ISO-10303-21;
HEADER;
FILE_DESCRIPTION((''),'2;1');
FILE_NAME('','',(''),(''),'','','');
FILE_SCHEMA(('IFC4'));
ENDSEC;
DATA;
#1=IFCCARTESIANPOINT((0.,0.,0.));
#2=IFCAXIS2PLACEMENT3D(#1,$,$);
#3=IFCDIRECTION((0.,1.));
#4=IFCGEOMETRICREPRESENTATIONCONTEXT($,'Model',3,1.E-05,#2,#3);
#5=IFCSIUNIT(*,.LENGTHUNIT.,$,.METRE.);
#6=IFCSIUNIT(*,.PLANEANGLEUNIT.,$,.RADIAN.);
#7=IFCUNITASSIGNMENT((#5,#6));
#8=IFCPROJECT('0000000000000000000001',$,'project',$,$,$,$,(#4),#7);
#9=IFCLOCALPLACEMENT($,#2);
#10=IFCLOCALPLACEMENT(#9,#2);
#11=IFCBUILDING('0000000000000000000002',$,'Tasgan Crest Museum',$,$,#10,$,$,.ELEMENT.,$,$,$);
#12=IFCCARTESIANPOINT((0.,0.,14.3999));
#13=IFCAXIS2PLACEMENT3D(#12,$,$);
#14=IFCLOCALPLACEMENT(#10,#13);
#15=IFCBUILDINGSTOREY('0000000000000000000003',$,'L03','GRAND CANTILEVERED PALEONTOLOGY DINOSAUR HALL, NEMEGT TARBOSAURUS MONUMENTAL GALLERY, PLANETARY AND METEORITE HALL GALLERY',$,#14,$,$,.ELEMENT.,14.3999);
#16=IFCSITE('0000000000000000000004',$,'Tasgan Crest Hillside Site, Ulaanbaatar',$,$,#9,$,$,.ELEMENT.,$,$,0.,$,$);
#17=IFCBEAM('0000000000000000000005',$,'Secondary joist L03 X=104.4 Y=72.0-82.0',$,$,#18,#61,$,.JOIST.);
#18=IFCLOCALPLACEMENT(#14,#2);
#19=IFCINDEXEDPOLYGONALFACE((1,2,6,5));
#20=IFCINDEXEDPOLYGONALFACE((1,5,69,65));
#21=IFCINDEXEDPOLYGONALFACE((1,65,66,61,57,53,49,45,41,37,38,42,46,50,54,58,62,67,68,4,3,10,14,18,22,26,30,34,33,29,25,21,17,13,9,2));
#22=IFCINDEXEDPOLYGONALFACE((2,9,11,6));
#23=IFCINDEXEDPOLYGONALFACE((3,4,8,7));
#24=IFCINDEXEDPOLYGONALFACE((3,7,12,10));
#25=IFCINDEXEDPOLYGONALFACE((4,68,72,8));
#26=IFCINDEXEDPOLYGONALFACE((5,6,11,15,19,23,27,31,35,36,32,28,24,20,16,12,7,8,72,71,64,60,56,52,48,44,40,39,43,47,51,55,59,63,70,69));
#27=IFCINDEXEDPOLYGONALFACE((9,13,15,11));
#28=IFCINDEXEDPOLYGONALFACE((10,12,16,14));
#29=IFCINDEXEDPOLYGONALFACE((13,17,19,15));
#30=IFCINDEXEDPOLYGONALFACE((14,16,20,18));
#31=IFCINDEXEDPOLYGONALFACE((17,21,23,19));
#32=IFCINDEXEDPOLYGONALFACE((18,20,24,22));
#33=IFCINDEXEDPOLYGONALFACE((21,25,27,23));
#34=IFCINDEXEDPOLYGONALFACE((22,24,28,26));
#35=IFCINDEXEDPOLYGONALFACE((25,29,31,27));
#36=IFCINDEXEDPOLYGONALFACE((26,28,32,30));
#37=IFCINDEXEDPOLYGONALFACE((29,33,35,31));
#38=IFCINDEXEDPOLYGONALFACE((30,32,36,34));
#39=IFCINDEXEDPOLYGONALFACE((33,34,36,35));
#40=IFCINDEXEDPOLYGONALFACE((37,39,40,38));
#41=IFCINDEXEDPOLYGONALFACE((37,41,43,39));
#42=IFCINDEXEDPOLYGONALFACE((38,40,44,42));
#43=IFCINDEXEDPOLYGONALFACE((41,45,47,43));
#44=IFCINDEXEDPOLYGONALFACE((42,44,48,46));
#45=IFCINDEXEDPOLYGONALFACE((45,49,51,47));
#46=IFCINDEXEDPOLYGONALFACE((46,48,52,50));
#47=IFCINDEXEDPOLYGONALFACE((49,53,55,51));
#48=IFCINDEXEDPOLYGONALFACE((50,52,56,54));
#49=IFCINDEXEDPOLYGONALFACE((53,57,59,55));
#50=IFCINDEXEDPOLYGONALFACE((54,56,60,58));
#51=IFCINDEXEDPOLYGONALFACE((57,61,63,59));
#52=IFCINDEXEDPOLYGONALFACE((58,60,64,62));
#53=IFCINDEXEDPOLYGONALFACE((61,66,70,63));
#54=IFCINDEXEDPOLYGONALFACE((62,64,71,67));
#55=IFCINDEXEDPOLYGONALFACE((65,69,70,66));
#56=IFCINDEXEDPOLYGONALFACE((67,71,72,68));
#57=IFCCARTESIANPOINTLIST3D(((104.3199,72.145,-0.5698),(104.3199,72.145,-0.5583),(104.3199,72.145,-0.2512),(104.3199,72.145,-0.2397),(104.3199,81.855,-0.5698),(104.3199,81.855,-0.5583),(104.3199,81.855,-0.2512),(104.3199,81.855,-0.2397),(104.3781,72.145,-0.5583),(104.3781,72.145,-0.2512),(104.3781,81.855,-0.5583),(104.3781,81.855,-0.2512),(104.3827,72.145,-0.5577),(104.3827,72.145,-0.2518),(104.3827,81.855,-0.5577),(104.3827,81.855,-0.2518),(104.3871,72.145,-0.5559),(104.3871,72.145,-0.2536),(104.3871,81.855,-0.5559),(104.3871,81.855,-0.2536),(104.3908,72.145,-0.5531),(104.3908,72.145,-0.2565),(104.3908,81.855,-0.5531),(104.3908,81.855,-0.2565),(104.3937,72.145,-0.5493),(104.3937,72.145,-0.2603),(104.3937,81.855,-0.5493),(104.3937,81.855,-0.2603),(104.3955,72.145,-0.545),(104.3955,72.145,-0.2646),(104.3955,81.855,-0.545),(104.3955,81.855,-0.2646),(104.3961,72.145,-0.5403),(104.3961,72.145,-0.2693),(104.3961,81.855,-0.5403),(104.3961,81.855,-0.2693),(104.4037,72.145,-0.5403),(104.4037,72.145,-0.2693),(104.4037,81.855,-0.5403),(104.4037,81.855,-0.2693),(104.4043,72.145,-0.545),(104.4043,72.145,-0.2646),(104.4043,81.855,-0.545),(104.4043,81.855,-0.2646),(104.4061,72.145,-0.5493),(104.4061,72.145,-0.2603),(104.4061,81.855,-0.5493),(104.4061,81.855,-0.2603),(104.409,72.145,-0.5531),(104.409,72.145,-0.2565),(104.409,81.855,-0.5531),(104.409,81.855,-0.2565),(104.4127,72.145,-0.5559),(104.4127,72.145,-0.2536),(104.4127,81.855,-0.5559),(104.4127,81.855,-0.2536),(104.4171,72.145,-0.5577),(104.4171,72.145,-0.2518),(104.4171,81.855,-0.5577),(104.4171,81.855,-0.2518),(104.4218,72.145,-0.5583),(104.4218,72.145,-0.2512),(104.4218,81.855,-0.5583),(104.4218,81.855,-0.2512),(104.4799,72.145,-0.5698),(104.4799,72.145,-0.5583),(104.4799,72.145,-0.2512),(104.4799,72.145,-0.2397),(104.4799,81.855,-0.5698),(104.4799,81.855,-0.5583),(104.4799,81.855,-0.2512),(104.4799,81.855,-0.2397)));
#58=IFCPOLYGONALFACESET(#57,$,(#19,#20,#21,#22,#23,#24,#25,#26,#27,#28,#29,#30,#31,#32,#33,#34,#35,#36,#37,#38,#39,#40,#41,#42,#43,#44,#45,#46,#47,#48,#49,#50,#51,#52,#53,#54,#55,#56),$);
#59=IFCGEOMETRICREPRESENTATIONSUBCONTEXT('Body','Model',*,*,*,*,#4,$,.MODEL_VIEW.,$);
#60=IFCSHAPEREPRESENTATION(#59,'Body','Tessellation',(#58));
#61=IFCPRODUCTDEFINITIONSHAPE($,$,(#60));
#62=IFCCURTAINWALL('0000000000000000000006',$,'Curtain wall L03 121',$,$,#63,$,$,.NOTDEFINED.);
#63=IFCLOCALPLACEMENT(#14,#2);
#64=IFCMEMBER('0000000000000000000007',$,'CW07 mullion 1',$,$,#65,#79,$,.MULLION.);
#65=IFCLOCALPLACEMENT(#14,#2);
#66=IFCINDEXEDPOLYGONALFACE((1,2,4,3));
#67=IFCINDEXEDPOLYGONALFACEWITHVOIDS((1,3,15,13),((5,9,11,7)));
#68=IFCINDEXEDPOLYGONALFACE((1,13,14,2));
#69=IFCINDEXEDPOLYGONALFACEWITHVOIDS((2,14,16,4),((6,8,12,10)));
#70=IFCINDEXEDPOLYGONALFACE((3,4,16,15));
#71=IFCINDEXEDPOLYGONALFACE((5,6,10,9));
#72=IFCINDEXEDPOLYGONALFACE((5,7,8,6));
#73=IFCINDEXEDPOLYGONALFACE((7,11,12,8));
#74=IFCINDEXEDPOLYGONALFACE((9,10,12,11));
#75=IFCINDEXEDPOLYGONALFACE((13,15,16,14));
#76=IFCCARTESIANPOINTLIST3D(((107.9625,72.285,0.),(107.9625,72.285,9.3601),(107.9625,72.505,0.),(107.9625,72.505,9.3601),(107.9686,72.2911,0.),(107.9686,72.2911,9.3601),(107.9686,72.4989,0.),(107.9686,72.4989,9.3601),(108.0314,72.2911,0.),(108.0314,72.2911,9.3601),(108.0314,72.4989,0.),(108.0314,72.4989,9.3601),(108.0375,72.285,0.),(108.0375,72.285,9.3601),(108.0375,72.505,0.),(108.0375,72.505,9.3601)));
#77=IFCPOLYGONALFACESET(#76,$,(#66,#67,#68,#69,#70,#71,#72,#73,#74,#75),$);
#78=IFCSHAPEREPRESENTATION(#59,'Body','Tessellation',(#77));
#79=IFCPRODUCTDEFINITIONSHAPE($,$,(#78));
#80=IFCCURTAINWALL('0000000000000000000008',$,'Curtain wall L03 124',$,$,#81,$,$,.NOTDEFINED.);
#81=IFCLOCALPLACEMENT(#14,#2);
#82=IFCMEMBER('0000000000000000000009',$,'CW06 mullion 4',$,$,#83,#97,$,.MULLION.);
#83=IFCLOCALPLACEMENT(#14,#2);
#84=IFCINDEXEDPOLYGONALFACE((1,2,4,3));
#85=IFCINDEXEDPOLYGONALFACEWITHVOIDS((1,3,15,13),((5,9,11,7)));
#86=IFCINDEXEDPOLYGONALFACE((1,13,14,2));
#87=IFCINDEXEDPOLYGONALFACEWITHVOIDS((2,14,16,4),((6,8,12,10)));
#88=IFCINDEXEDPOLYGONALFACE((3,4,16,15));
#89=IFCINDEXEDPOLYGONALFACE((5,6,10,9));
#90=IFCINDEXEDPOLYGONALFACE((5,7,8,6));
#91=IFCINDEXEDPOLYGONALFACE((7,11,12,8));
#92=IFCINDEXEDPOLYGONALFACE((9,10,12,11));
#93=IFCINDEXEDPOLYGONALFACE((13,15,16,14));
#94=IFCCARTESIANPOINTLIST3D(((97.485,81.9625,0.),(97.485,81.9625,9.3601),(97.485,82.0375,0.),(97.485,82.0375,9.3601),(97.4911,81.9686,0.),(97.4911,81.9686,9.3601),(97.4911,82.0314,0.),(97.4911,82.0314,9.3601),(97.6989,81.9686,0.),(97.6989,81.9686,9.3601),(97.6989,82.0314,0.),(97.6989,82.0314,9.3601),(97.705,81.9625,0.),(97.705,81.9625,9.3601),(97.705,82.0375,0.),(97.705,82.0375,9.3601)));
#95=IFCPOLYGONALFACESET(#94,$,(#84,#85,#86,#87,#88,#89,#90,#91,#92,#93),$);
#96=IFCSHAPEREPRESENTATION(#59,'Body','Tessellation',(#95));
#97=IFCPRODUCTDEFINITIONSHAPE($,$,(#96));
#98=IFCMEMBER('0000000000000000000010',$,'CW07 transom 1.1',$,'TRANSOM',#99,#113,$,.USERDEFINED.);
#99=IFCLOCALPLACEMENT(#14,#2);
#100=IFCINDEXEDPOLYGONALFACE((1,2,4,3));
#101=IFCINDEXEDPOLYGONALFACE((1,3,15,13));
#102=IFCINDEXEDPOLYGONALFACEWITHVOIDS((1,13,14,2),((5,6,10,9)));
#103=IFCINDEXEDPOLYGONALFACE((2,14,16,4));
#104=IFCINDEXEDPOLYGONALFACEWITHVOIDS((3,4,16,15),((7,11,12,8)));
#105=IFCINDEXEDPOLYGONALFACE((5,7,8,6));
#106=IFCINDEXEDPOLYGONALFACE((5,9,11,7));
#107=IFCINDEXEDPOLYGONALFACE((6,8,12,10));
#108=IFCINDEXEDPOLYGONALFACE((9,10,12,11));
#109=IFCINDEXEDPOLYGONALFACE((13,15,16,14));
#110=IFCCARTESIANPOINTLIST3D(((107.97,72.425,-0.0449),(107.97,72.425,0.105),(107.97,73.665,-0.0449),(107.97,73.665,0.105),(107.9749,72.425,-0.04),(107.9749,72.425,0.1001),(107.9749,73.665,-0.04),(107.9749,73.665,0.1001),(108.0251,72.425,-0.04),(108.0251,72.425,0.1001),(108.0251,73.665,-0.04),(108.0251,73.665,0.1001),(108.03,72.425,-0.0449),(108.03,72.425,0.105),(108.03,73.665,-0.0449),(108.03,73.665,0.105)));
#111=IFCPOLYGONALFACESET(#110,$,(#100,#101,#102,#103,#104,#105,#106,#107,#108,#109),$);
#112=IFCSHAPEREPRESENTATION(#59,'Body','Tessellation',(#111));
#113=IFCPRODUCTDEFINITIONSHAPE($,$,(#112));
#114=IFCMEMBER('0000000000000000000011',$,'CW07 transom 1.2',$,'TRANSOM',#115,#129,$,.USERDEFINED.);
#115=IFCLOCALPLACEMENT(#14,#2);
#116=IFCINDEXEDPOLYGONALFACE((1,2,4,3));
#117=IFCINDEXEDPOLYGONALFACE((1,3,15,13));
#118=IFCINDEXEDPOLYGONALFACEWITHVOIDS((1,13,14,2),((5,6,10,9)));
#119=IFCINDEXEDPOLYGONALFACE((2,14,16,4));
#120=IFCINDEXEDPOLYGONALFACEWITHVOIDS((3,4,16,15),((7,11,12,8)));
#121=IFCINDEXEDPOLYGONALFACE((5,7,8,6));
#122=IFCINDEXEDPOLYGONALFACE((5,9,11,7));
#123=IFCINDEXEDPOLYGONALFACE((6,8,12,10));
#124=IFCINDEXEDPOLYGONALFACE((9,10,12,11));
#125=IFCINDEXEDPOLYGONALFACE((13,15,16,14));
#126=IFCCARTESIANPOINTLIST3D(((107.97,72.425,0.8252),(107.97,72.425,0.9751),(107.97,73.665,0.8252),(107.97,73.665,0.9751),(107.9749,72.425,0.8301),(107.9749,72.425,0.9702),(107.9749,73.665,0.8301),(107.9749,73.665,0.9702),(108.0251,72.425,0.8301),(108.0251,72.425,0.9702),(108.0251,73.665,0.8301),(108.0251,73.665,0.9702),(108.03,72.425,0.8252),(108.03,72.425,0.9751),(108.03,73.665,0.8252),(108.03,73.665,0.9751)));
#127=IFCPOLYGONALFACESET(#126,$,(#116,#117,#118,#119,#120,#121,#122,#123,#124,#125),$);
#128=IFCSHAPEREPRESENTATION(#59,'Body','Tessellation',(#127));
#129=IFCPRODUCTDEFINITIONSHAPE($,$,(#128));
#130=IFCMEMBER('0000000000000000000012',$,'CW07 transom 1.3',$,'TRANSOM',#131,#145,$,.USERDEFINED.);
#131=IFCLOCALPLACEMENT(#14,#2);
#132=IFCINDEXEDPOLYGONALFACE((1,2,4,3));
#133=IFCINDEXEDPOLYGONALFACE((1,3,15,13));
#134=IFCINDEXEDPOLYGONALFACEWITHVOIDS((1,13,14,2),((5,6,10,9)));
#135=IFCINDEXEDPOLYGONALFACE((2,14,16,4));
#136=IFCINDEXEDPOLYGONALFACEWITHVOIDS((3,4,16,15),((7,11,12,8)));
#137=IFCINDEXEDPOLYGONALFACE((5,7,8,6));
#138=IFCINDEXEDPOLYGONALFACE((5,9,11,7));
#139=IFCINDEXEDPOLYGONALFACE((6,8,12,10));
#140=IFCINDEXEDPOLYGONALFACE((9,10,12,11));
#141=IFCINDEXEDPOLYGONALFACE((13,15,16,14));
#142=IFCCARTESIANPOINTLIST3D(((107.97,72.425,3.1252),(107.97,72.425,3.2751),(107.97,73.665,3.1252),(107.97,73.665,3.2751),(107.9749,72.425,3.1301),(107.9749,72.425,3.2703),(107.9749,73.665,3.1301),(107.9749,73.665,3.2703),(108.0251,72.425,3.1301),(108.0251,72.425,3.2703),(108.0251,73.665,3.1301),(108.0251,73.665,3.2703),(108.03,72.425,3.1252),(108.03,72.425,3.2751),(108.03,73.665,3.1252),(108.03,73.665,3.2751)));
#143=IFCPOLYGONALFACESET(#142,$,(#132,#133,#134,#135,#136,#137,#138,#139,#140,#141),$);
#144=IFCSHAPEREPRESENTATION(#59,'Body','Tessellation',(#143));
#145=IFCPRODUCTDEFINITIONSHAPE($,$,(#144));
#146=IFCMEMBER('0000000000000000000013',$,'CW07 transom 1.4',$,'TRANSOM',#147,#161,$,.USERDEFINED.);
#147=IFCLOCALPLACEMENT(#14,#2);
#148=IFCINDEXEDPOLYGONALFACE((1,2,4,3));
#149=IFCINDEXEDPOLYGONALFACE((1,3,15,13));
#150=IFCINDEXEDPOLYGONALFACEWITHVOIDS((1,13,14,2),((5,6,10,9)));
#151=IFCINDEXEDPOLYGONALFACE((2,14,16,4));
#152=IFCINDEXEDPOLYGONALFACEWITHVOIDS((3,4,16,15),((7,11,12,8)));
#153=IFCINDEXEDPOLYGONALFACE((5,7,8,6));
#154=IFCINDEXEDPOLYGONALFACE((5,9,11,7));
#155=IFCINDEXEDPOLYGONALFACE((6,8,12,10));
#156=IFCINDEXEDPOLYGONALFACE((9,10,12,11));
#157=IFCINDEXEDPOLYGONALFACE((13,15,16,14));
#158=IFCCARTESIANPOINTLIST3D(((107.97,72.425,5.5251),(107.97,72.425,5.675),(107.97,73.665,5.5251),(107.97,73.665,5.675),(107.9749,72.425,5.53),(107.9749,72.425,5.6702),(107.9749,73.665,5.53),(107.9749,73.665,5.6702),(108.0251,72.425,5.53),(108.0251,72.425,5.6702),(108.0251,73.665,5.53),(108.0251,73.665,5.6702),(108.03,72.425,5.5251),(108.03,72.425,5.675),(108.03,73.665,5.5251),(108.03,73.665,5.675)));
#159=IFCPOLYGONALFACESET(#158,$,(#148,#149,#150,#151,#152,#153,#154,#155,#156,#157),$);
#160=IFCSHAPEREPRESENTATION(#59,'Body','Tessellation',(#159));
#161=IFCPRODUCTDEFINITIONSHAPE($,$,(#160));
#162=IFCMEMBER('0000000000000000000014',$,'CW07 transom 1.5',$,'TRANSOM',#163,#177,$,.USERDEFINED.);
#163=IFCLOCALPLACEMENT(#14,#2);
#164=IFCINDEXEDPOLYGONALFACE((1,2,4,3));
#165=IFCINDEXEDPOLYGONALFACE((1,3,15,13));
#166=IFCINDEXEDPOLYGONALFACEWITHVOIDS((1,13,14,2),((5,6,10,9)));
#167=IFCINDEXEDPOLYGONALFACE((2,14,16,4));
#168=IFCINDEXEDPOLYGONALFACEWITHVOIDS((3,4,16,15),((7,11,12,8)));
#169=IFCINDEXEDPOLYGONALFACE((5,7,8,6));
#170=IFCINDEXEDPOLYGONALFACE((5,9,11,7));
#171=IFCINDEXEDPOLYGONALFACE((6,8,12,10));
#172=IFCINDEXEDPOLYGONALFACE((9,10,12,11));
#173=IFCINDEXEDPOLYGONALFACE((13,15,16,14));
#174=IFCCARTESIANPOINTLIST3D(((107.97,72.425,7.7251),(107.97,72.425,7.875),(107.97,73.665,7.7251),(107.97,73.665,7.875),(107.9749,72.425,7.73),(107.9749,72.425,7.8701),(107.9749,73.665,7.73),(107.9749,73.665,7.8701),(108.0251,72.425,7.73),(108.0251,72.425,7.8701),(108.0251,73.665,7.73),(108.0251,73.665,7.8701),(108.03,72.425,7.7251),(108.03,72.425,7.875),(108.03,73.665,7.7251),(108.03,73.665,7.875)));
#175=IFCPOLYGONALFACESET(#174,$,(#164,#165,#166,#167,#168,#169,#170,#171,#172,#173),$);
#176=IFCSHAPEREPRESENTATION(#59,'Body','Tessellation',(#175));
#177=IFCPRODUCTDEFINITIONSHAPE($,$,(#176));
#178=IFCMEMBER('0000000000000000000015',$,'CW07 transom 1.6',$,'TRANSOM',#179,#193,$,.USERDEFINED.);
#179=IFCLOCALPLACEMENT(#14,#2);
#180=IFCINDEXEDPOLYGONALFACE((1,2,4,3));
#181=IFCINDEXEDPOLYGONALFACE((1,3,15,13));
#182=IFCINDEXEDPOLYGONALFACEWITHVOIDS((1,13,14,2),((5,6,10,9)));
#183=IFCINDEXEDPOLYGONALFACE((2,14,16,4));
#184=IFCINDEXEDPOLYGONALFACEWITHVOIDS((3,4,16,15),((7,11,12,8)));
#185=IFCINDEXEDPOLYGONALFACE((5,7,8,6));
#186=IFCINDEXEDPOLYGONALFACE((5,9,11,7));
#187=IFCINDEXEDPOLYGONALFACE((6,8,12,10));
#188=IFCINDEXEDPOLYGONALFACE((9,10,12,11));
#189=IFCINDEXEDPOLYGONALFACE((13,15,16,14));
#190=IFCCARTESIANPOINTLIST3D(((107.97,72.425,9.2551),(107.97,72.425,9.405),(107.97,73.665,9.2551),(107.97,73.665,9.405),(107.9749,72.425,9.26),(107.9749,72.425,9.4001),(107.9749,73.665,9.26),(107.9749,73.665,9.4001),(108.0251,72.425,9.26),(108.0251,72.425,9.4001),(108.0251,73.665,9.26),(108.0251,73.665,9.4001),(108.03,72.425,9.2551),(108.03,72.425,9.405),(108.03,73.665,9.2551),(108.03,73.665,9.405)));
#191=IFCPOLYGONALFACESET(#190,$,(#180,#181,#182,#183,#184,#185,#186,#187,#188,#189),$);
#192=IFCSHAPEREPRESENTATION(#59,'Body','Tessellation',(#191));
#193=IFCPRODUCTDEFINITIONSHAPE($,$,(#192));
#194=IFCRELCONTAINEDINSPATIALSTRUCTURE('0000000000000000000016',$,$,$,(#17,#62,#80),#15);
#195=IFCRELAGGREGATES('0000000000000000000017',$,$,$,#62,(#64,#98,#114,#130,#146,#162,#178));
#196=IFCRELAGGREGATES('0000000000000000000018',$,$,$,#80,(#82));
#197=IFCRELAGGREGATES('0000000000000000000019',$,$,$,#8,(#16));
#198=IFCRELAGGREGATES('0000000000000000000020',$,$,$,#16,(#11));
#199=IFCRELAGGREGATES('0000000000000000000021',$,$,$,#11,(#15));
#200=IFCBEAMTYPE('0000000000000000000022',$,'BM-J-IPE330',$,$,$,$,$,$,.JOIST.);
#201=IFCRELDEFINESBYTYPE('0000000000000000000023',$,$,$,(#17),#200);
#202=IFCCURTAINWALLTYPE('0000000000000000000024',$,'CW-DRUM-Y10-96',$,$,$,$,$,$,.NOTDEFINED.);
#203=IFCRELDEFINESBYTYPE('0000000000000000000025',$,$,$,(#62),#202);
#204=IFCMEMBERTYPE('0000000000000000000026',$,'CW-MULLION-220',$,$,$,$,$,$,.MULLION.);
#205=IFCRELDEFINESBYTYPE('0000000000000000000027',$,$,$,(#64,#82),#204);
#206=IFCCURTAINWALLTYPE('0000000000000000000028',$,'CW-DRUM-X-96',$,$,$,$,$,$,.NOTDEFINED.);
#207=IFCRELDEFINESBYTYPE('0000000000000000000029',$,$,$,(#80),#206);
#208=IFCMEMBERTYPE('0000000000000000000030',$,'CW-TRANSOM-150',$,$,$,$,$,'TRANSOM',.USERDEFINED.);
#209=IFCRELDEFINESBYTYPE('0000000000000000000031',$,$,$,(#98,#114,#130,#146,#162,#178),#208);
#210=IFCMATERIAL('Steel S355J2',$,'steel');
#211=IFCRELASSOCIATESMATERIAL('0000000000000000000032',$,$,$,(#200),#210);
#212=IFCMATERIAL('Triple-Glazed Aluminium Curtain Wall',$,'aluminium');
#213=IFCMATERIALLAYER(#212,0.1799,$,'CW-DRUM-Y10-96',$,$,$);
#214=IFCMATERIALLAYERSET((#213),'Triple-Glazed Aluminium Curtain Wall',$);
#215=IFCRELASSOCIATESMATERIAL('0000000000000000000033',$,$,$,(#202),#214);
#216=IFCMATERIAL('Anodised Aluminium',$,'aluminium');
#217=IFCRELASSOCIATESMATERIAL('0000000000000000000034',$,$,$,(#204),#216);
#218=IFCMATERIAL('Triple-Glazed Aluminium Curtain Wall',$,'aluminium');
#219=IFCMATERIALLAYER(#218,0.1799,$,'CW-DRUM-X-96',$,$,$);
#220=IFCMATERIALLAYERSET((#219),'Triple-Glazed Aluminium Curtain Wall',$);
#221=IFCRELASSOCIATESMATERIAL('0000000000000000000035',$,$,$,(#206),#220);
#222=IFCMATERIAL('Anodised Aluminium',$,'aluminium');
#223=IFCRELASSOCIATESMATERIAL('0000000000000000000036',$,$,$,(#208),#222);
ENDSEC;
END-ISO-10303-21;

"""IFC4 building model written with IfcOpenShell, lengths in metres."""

from ifc_helpers import new_model, si_unit, direction, frame, origin, origin_2d, place, context, subcontext, project, spatial, hollow_rectangle, i_section, extrude, material, layer, layer_set, material_profile, profile_set, type_object, element, aggregate, save


model = new_model("IFC4")

# Units and contexts
model_context = context("Model", 3, precision=1e-05, world=origin(), true_north=direction((0.0, 1.0)))
body_context = subcontext(model_context, "Body", "Model", "MODEL_VIEW")
ifc_project = project(units=[si_unit("LENGTHUNIT", "METRE"), si_unit("PLANEANGLEUNIT", "RADIAN")], contexts=[model_context])

# Site, building, storey
site_placement = place(None, origin())
site = spatial("IfcSite", under=ifc_project, at=site_placement, Name="Tasgan Crest Hillside Site, Ulaanbaatar", CompositionType="ELEMENT", RefElevation=0.0)
building_placement = place(site_placement, origin())
building = spatial("IfcBuilding", under=site, at=building_placement, Name="Tasgan Crest Museum", CompositionType="ELEMENT")
storey_placement = place(building_placement, frame((0.0, 0.0, 14.3999)))
storey = spatial("IfcBuildingStorey", under=building, at=storey_placement, Name="L03", Description="GRAND CANTILEVERED PALEONTOLOGY DINOSAUR HALL, NEMEGT TARBOSAURUS MONUMENTAL GALLERY, PLANETARY AND METEORITE HALL GALLERY", CompositionType="ELEMENT", Elevation=14.3999)

# Beam
ifc_material_1 = material(Name="Steel S355J2", Category="steel")
ifc_material_profile_1 = material_profile(ifc_material_1, i_section(OverallWidth=0.1599, OverallDepth=0.3301, WebThickness=0.0076, FlangeThickness=0.0115, FilletRadius=0.0181, at=origin_2d()), Name="IPE 330")
ifc_profile_set_1 = profile_set([ifc_material_profile_1], Name="Steel S355J2")
beam_type_1 = type_object("IfcBeamType", Name="BM-J-IPE330", PredefinedType="JOIST", material=ifc_profile_set_1)
for number, where, z_axis, x_axis, name in (
    (1, (104.3999, 72.145, -0.4048), (0.0, 1.0, 0.0), (-1.0, 0.0, 0.0), "Secondary joist L03 X=104.4 Y=72.0-82.0"),
):
    element("IfcBeam", number, at=place(storey_placement, frame(where, z_axis=z_axis, x_axis=x_axis)), inside=storey, type_object=beam_type_1, Name=name, PredefinedType="JOIST", context=body_context, shape_type="SweptSolid", body=[
        extrude(i_section(OverallWidth=0.1599, OverallDepth=0.3301, WebThickness=0.0076, FlangeThickness=0.0115, FilletRadius=0.0181, at=origin_2d()), origin(), (0.0, 0.0, 1.0), 9.71),
    ])

# Curtain walls, members
ifc_material_2 = material(Name="Triple-Glazed Aluminium Curtain Wall", Category="aluminium")
ifc_layer_1 = layer(ifc_material_2, 0.1799, Name="CW-DRUM-Y10-96")
ifc_layer_set_1 = layer_set([ifc_layer_1], Name="Triple-Glazed Aluminium Curtain Wall")
curtain_wall_type_1 = type_object("IfcCurtainWallType", Name="CW-DRUM-Y10-96", PredefinedType="NOTDEFINED", material=ifc_layer_set_1)
curtain_wall_1_placement = place(storey_placement, origin())
curtain_wall_1 = element("IfcCurtainWall", 2, at=curtain_wall_1_placement, inside=storey, type_object=curtain_wall_type_1, Name="Curtain wall L03 121", PredefinedType="NOTDEFINED")
ifc_material_3 = material(Name="Anodised Aluminium", Category="aluminium")
ifc_material_profile_2 = material_profile(ifc_material_3, hollow_rectangle(XDim=0.075, YDim=0.22, WallThickness=0.0061, at=origin_2d()), Name="ALU MULLION 220x75x6")
ifc_profile_set_2 = profile_set([ifc_material_profile_2], Name="Anodised Aluminium")
member_type_1 = type_object("IfcMemberType", Name="CW-MULLION-220", PredefinedType="MULLION", material=ifc_profile_set_2)
member_1_placement = place(storey_placement, frame((108.0, 72.395, 0.0), z_axis=(0.0, 0.0, 1.0), x_axis=(-1.0, 0.0, 0.0)))
member_1 = element("IfcMember", 3, at=member_1_placement, type_object=member_type_1, Name="CW07 mullion 1", PredefinedType="MULLION", context=body_context, shape_type="SweptSolid", body=[
    extrude(hollow_rectangle(XDim=0.075, YDim=0.22, WallThickness=0.0061, at=origin_2d()), origin(), (0.0, 0.0, 1.0), 9.3601),
])
ifc_material_4 = material(Name="Triple-Glazed Aluminium Curtain Wall", Category="aluminium")
ifc_layer_2 = layer(ifc_material_4, 0.1799, Name="CW-DRUM-X-96")
ifc_layer_set_2 = layer_set([ifc_layer_2], Name="Triple-Glazed Aluminium Curtain Wall")
curtain_wall_type_2 = type_object("IfcCurtainWallType", Name="CW-DRUM-X-96", PredefinedType="NOTDEFINED", material=ifc_layer_set_2)
curtain_wall_2_placement = place(storey_placement, origin())
curtain_wall_2 = element("IfcCurtainWall", 4, at=curtain_wall_2_placement, inside=storey, type_object=curtain_wall_type_2, Name="Curtain wall L03 124", PredefinedType="NOTDEFINED")
member_2_placement = place(storey_placement, frame((97.595, 82.0, 0.0), z_axis=(0.0, 0.0, 1.0), x_axis=(0.0, -1.0, 0.0)))
member_2 = element("IfcMember", 5, at=member_2_placement, type_object=member_type_1, Name="CW06 mullion 4", PredefinedType="MULLION", context=body_context, shape_type="SweptSolid", body=[
    extrude(hollow_rectangle(XDim=0.075, YDim=0.22, WallThickness=0.0061, at=origin_2d()), origin(), (0.0, 0.0, 1.0), 9.3601),
])

# Members
ifc_material_5 = material(Name="Anodised Aluminium", Category="aluminium")
ifc_material_profile_3 = material_profile(ifc_material_5, hollow_rectangle(XDim=0.0601, YDim=0.1499, WallThickness=0.0049, at=origin_2d()), Name="ALU TRANSOM 150x60x5")
ifc_profile_set_3 = profile_set([ifc_material_profile_3], Name="Anodised Aluminium")
member_type_2 = type_object("IfcMemberType", Name="CW-TRANSOM-150", ElementType="TRANSOM", PredefinedType="USERDEFINED", material=ifc_profile_set_3)
member_3_placement = place(storey_placement, frame((108.0, 72.425, 0.03), z_axis=(0.0, 1.0, 0.0), x_axis=(-1.0, 0.0, 0.0)))
member_3 = element("IfcMember", 6, at=member_3_placement, type_object=member_type_2, Name="CW07 transom 1.1", ObjectType="TRANSOM", PredefinedType="USERDEFINED", context=body_context, shape_type="SweptSolid", body=[
    extrude(hollow_rectangle(XDim=0.0601, YDim=0.1499, WallThickness=0.0049, at=origin_2d()), origin(), (0.0, 0.0, 1.0), 1.24),
])
member_4_placement = place(storey_placement, frame((108.0, 72.425, 0.9001), z_axis=(0.0, 1.0, 0.0), x_axis=(-1.0, 0.0, 0.0)))
member_4 = element("IfcMember", 7, at=member_4_placement, type_object=member_type_2, Name="CW07 transom 1.2", ObjectType="TRANSOM", PredefinedType="USERDEFINED", context=body_context, shape_type="SweptSolid", body=[
    extrude(hollow_rectangle(XDim=0.0601, YDim=0.1499, WallThickness=0.0049, at=origin_2d()), origin(), (0.0, 0.0, 1.0), 1.24),
])
member_5_placement = place(storey_placement, frame((108.0, 72.425, 3.2002), z_axis=(0.0, 1.0, 0.0), x_axis=(-1.0, 0.0, 0.0)))
member_5 = element("IfcMember", 8, at=member_5_placement, type_object=member_type_2, Name="CW07 transom 1.3", ObjectType="TRANSOM", PredefinedType="USERDEFINED", context=body_context, shape_type="SweptSolid", body=[
    extrude(hollow_rectangle(XDim=0.0601, YDim=0.1499, WallThickness=0.0049, at=origin_2d()), origin(), (0.0, 0.0, 1.0), 1.24),
])
member_6_placement = place(storey_placement, frame((108.0, 72.425, 5.6001), z_axis=(0.0, 1.0, 0.0), x_axis=(-1.0, 0.0, 0.0)))
member_6 = element("IfcMember", 9, at=member_6_placement, type_object=member_type_2, Name="CW07 transom 1.4", ObjectType="TRANSOM", PredefinedType="USERDEFINED", context=body_context, shape_type="SweptSolid", body=[
    extrude(hollow_rectangle(XDim=0.0601, YDim=0.1499, WallThickness=0.0049, at=origin_2d()), origin(), (0.0, 0.0, 1.0), 1.24),
])
member_7_placement = place(storey_placement, frame((108.0, 72.425, 7.8), z_axis=(0.0, 1.0, 0.0), x_axis=(-1.0, 0.0, 0.0)))
member_7 = element("IfcMember", 10, at=member_7_placement, type_object=member_type_2, Name="CW07 transom 1.5", ObjectType="TRANSOM", PredefinedType="USERDEFINED", context=body_context, shape_type="SweptSolid", body=[
    extrude(hollow_rectangle(XDim=0.0601, YDim=0.1499, WallThickness=0.0049, at=origin_2d()), origin(), (0.0, 0.0, 1.0), 1.24),
])
member_8_placement = place(storey_placement, frame((108.0, 72.425, 9.3301), z_axis=(0.0, 1.0, 0.0), x_axis=(-1.0, 0.0, 0.0)))
member_8 = element("IfcMember", 11, at=member_8_placement, type_object=member_type_2, Name="CW07 transom 1.6", ObjectType="TRANSOM", PredefinedType="USERDEFINED", context=body_context, shape_type="SweptSolid", body=[
    extrude(hollow_rectangle(XDim=0.0601, YDim=0.1499, WallThickness=0.0049, at=origin_2d()), origin(), (0.0, 0.0, 1.0), 1.24),
])

aggregate(curtain_wall_1, [member_1, member_3, member_4, member_5, member_6, member_7, member_8])
aggregate(curtain_wall_2, [member_2])

save(model, "model.ifc")
